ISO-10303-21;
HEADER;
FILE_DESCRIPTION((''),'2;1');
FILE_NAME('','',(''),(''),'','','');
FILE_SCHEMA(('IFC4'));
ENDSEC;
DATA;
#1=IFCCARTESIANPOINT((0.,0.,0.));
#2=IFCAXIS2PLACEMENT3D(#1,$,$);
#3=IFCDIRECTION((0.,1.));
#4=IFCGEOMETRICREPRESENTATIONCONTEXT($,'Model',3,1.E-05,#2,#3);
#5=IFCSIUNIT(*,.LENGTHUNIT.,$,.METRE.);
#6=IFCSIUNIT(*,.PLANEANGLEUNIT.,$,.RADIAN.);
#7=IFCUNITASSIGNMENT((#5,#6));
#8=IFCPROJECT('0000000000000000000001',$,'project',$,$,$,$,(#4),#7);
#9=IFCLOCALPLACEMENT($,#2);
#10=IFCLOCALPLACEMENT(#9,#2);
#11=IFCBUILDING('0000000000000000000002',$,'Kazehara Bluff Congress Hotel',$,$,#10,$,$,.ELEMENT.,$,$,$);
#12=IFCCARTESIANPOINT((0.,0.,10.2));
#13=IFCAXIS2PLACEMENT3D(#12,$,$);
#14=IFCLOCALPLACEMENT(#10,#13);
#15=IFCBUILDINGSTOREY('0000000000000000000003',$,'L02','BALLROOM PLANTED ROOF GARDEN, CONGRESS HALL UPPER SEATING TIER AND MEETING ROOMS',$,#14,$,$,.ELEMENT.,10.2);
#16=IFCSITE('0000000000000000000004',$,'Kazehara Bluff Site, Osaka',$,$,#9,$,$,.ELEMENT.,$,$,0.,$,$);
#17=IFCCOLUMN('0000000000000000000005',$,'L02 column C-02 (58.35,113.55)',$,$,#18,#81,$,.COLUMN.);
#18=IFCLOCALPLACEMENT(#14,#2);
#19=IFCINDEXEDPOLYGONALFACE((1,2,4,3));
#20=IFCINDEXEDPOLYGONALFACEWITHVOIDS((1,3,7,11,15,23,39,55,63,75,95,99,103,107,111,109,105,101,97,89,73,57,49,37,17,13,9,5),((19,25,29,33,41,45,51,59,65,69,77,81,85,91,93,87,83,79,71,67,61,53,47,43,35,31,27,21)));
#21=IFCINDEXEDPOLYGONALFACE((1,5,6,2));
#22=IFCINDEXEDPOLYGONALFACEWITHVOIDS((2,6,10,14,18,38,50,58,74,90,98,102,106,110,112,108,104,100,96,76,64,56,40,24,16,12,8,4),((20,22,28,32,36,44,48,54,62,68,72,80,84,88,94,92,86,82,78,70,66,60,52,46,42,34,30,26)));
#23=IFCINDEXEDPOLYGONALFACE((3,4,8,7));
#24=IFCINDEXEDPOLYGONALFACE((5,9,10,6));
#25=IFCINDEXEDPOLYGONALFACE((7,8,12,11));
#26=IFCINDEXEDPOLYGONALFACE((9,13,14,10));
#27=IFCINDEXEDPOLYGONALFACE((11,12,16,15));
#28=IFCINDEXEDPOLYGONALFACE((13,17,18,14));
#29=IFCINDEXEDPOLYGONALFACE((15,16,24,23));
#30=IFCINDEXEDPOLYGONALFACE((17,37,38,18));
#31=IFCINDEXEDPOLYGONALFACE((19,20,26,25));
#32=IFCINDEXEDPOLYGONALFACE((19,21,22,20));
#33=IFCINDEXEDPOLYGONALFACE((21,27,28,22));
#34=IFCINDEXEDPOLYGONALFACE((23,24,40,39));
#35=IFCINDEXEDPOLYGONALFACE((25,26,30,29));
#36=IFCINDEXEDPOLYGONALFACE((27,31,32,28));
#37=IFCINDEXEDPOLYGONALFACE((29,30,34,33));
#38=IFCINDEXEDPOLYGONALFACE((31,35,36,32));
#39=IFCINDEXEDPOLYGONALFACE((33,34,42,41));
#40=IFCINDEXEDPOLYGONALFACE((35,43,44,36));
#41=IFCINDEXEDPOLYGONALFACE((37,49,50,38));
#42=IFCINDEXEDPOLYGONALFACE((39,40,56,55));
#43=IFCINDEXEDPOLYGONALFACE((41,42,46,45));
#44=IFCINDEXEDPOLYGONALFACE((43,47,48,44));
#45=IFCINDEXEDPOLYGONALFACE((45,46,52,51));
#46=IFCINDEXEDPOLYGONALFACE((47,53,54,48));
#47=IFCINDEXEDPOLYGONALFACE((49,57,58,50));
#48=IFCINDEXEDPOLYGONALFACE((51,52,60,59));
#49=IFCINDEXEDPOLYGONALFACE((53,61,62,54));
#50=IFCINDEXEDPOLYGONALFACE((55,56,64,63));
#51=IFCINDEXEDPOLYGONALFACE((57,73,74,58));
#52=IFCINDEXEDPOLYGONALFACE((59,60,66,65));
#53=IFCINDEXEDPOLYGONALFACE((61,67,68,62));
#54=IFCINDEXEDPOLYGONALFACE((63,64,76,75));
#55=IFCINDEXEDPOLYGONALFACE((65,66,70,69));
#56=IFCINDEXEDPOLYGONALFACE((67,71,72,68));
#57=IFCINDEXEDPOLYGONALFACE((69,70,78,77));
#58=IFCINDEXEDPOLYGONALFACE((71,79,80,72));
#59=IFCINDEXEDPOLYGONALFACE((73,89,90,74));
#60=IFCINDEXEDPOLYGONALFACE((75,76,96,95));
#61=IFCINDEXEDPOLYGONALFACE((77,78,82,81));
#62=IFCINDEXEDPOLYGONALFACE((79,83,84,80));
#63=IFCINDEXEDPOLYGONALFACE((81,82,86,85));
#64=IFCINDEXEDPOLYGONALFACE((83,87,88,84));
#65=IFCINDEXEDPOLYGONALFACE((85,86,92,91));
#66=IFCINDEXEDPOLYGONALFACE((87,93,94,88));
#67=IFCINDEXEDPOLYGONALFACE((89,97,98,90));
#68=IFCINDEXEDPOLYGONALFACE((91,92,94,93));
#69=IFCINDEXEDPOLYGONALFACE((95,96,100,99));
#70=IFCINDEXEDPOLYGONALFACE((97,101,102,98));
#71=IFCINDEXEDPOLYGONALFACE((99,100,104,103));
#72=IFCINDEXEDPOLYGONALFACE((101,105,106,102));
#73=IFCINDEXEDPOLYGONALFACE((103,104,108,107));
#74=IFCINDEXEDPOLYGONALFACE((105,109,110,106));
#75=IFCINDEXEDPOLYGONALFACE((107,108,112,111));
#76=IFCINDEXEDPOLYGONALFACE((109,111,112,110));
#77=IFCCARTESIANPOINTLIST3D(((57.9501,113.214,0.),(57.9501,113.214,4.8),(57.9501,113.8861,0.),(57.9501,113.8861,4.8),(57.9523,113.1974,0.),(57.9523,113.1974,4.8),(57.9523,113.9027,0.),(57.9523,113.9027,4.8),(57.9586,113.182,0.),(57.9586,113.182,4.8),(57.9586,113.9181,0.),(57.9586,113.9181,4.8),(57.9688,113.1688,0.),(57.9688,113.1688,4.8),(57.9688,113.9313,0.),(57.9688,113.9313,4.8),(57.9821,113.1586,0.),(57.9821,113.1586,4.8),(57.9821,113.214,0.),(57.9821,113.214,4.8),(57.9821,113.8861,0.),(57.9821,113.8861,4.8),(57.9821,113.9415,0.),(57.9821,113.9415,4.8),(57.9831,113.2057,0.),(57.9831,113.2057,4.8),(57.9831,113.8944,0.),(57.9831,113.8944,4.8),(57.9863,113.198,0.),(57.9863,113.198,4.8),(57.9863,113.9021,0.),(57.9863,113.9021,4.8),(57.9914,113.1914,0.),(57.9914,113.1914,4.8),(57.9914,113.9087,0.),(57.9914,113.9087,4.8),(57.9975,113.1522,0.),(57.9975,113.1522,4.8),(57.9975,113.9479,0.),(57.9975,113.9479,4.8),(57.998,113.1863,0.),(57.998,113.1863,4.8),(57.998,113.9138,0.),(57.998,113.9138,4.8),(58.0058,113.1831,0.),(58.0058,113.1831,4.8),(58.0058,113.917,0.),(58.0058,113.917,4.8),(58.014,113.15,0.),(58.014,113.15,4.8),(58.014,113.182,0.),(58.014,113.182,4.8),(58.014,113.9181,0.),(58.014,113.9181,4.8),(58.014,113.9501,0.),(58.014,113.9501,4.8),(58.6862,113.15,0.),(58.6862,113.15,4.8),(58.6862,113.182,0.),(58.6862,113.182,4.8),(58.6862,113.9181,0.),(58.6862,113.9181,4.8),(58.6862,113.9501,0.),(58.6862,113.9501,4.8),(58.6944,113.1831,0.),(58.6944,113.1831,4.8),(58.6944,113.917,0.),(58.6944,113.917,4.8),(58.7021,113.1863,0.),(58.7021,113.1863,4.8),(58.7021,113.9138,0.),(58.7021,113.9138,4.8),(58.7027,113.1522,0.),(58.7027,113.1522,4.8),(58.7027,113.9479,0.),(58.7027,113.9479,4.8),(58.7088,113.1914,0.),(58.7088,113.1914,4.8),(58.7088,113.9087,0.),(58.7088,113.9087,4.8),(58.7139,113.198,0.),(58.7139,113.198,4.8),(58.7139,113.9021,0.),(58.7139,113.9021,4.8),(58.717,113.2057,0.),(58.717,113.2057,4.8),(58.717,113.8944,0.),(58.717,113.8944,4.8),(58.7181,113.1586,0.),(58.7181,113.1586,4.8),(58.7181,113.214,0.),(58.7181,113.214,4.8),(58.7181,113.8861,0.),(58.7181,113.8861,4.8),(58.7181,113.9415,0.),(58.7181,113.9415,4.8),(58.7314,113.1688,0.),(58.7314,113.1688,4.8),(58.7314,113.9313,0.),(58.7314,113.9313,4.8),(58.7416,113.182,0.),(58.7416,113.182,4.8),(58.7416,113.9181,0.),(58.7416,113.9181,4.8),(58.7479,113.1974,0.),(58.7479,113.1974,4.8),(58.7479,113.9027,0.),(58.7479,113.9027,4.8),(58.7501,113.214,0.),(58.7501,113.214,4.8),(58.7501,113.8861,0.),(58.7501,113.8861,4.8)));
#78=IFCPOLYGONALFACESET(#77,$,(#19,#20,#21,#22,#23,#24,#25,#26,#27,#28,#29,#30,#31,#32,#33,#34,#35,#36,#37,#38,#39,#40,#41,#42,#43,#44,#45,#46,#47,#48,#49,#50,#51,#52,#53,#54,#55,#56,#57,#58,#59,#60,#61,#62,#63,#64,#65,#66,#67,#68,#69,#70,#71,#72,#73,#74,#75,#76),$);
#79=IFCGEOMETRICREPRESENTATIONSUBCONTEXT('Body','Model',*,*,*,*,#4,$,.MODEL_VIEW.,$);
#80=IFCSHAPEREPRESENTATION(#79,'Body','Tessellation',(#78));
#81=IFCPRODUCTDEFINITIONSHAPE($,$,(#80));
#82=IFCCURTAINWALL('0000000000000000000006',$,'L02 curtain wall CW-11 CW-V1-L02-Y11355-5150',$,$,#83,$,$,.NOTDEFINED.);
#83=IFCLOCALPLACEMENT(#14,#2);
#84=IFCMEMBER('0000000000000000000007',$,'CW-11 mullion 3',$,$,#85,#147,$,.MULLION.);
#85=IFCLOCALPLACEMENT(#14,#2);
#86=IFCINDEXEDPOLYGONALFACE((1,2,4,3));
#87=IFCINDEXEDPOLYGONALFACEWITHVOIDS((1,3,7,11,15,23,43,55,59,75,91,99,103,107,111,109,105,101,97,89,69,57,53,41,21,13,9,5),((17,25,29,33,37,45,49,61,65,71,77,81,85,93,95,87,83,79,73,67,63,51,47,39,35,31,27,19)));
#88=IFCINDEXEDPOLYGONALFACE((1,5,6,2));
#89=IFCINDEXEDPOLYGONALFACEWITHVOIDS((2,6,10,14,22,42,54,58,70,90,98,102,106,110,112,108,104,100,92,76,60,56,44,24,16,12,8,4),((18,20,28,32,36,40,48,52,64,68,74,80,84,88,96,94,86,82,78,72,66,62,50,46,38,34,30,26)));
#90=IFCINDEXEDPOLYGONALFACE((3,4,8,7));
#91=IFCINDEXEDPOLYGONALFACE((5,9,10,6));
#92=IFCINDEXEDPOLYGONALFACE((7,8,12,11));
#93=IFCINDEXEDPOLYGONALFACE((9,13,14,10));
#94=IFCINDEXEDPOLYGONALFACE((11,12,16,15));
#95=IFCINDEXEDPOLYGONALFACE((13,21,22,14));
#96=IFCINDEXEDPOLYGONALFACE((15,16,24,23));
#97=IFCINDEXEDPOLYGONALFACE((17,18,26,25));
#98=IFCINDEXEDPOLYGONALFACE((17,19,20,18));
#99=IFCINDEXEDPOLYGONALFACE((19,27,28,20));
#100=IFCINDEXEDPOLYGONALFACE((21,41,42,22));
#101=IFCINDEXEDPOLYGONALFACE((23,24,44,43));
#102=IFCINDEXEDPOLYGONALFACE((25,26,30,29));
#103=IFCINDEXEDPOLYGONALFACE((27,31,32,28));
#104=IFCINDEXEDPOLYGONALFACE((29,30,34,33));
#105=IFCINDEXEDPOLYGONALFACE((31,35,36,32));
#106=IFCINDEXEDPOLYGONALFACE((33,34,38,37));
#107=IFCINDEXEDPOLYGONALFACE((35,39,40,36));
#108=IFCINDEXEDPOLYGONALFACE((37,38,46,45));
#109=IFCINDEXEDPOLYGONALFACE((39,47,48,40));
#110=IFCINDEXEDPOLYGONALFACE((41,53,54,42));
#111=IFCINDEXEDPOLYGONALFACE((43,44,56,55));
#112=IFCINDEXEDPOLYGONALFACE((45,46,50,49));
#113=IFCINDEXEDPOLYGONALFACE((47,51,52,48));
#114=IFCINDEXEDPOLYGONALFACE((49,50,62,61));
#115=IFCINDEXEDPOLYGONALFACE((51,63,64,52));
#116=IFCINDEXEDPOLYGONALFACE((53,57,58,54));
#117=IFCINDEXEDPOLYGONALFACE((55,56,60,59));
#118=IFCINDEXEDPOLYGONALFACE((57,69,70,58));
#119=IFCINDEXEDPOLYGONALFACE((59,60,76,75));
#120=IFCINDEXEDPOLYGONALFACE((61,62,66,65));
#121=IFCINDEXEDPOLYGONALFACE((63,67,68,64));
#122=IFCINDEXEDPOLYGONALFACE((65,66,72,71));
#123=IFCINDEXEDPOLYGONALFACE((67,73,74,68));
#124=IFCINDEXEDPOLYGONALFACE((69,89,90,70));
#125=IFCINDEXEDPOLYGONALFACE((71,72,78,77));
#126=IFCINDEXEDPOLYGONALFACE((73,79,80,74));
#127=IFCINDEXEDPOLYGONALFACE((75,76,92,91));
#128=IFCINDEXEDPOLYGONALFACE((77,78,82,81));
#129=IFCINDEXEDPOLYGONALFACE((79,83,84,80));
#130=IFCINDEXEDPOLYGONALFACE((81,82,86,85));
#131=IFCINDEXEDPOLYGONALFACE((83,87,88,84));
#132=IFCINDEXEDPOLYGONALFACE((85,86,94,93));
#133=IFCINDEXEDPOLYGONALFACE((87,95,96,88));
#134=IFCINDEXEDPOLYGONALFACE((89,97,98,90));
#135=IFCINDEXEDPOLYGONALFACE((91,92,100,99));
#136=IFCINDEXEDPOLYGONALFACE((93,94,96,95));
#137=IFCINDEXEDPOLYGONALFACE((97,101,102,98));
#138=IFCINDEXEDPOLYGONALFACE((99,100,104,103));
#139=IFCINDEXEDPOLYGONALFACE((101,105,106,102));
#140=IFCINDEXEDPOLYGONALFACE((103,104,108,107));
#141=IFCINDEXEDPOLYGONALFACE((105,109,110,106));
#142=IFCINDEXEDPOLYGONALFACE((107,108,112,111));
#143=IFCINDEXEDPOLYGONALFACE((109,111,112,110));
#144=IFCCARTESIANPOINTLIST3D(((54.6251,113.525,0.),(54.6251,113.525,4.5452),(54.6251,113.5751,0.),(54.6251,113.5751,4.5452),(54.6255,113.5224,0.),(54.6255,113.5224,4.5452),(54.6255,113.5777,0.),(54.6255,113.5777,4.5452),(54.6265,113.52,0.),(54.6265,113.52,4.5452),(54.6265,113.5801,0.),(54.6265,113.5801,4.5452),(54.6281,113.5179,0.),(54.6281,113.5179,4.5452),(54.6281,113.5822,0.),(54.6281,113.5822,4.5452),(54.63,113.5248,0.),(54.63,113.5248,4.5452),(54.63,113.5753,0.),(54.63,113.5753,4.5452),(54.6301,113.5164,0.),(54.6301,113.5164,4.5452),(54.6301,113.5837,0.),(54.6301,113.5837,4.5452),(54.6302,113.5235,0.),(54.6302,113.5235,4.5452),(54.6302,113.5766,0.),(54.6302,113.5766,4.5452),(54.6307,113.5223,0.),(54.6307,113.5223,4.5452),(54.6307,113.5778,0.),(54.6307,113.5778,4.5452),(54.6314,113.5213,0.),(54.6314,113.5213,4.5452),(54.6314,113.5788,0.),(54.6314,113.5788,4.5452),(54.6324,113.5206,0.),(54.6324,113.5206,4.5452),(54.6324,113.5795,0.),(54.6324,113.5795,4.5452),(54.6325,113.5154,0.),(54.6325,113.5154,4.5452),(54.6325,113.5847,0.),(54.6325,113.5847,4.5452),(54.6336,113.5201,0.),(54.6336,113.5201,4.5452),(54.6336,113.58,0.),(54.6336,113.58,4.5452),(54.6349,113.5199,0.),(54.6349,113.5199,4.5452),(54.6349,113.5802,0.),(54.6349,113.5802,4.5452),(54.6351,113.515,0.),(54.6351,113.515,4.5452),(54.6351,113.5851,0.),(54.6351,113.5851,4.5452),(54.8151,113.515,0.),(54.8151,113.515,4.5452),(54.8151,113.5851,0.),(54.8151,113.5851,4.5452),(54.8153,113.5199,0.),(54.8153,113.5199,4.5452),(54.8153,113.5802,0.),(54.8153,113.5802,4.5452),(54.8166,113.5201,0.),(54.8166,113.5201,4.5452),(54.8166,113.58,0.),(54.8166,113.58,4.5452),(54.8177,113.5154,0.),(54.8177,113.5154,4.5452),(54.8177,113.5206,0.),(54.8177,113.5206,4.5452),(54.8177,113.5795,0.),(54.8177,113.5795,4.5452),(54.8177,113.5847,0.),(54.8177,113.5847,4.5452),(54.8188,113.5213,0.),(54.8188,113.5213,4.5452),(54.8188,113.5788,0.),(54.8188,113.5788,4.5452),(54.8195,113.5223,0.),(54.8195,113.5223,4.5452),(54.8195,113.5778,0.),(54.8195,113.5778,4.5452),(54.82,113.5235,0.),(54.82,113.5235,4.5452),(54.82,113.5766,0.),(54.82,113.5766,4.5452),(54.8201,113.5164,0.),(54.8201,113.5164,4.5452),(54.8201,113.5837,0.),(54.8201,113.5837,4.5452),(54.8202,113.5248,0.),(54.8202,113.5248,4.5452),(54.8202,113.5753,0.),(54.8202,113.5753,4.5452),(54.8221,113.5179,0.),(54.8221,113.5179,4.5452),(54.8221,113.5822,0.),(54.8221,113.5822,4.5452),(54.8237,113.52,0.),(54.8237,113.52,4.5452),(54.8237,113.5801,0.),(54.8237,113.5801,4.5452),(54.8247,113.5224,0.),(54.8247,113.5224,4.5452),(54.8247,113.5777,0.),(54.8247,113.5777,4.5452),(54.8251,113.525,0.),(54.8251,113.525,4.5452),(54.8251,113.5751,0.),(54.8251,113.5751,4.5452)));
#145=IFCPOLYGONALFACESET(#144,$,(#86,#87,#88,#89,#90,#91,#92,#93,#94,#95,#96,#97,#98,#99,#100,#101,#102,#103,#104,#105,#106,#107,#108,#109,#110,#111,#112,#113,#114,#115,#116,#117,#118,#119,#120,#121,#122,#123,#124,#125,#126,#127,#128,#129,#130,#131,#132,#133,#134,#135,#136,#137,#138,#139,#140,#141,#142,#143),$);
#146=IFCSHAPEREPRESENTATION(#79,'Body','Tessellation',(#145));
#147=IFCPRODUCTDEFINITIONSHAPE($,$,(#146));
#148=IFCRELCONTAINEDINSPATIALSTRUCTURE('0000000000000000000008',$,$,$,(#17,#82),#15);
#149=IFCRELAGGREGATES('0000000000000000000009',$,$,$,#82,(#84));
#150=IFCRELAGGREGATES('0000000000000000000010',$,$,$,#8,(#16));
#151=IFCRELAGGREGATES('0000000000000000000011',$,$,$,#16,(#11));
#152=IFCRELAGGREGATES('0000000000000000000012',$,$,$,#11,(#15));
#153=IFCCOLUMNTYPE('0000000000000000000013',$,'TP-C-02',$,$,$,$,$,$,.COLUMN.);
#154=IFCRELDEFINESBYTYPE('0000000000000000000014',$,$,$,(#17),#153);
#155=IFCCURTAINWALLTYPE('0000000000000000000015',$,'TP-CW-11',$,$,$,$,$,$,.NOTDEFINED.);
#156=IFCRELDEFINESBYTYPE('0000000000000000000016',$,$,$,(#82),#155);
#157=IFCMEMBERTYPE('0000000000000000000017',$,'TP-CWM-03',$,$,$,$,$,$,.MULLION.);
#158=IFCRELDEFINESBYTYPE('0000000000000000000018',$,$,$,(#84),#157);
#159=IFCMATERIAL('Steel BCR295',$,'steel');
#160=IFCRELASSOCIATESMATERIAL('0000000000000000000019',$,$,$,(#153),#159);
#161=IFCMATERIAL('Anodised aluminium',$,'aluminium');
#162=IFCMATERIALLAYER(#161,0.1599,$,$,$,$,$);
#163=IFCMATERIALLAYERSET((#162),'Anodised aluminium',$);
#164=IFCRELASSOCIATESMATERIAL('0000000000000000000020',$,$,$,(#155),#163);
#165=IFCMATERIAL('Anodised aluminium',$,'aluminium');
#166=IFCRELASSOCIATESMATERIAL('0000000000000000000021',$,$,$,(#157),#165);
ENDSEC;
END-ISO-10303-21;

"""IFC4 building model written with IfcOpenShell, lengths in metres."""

from ifc_helpers import new_model, si_unit, direction, frame, origin, origin_2d, place, context, subcontext, project, spatial, hollow_rectangle, extrude, material, layer, layer_set, material_profile, profile_set, type_object, element, aggregate, save


model = new_model("IFC4")

# Units and contexts
model_context = context("Model", 3, precision=1e-05, world=origin(), true_north=direction((0.0, 1.0)))
body_context = subcontext(model_context, "Body", "Model", "MODEL_VIEW")
ifc_project = project(units=[si_unit("LENGTHUNIT", "METRE"), si_unit("PLANEANGLEUNIT", "RADIAN")], contexts=[model_context])

# Site, building, storey
site_placement = place(None, origin())
site = spatial("IfcSite", under=ifc_project, at=site_placement, Name="Kazehara Bluff Site, Osaka", CompositionType="ELEMENT", RefElevation=0.0)
building_placement = place(site_placement, origin())
building = spatial("IfcBuilding", under=site, at=building_placement, Name="Kazehara Bluff Congress Hotel", CompositionType="ELEMENT")
storey_placement = place(building_placement, frame((0.0, 0.0, 10.2)))
storey = spatial("IfcBuildingStorey", under=building, at=storey_placement, Name="L02", Description="BALLROOM PLANTED ROOF GARDEN, CONGRESS HALL UPPER SEATING TIER AND MEETING ROOMS", CompositionType="ELEMENT", Elevation=10.2)

# Column
ifc_material_1 = material(Name="Steel BCR295", Category="steel")
ifc_material_profile_1 = material_profile(ifc_material_1, hollow_rectangle(XDim=0.8, YDim=0.8, WallThickness=0.032, InnerFilletRadius=0.032, OuterFilletRadius=0.064, at=origin_2d()))
ifc_profile_set_1 = profile_set([ifc_material_profile_1], Name="Steel BCR295")
column_type = type_object("IfcColumnType", Name="TP-C-02", PredefinedType="COLUMN", material=ifc_profile_set_1)
column_placement = place(storey_placement, frame((58.3501, 113.55, 0.0), z_axis=(0.0, 0.0, 1.0), x_axis=(1.0, 0.0, 0.0)))
element("IfcColumn", 1, at=column_placement, inside=storey, type_object=column_type, Name="L02 column C-02 (58.35,113.55)", PredefinedType="COLUMN", context=body_context, shape_type="SweptSolid", body=[
    extrude(hollow_rectangle(XDim=0.8, YDim=0.8, WallThickness=0.032, InnerFilletRadius=0.032, OuterFilletRadius=0.064, at=origin_2d()), origin(), (0.0, 0.0, 1.0), 4.8),
])

# Curtain wall, member
ifc_material_2 = material(Name="Anodised aluminium", Category="aluminium")
ifc_layer_1 = layer(ifc_material_2, 0.1599)
ifc_layer_set_1 = layer_set([ifc_layer_1], Name="Anodised aluminium")
curtain_wall_type = type_object("IfcCurtainWallType", Name="TP-CW-11", PredefinedType="NOTDEFINED", material=ifc_layer_set_1)
curtain_wall_placement = place(storey_placement, origin())
curtain_wall = element("IfcCurtainWall", 2, at=curtain_wall_placement, inside=storey, type_object=curtain_wall_type, Name="L02 curtain wall CW-11 CW-V1-L02-Y11355-5150", PredefinedType="NOTDEFINED")
ifc_material_3 = material(Name="Anodised aluminium", Category="aluminium")
ifc_material_profile_2 = material_profile(ifc_material_3, hollow_rectangle(XDim=0.0701, YDim=0.2, WallThickness=0.0049, InnerFilletRadius=0.0049, OuterFilletRadius=0.01, at=origin_2d()))
ifc_profile_set_2 = profile_set([ifc_material_profile_2], Name="Anodised aluminium")
member_type_1 = type_object("IfcMemberType", Name="TP-CWM-03", PredefinedType="MULLION", material=ifc_profile_set_2)
member_1_placement = place(storey_placement, frame((54.7251, 113.55, 0.0), z_axis=(0.0, 0.0, 1.0), x_axis=(0.0, 1.0, 0.0)))
member_1 = element("IfcMember", 3, at=member_1_placement, type_object=member_type_1, Name="CW-11 mullion 3", PredefinedType="MULLION", context=body_context, shape_type="SweptSolid", body=[
    extrude(hollow_rectangle(XDim=0.0701, YDim=0.2, WallThickness=0.0049, InnerFilletRadius=0.0049, OuterFilletRadius=0.01, at=origin_2d()), origin(), (0.0, 0.0, 1.0), 4.5452),
])
aggregate(curtain_wall, [member_1])

save(model, "model.ifc")
